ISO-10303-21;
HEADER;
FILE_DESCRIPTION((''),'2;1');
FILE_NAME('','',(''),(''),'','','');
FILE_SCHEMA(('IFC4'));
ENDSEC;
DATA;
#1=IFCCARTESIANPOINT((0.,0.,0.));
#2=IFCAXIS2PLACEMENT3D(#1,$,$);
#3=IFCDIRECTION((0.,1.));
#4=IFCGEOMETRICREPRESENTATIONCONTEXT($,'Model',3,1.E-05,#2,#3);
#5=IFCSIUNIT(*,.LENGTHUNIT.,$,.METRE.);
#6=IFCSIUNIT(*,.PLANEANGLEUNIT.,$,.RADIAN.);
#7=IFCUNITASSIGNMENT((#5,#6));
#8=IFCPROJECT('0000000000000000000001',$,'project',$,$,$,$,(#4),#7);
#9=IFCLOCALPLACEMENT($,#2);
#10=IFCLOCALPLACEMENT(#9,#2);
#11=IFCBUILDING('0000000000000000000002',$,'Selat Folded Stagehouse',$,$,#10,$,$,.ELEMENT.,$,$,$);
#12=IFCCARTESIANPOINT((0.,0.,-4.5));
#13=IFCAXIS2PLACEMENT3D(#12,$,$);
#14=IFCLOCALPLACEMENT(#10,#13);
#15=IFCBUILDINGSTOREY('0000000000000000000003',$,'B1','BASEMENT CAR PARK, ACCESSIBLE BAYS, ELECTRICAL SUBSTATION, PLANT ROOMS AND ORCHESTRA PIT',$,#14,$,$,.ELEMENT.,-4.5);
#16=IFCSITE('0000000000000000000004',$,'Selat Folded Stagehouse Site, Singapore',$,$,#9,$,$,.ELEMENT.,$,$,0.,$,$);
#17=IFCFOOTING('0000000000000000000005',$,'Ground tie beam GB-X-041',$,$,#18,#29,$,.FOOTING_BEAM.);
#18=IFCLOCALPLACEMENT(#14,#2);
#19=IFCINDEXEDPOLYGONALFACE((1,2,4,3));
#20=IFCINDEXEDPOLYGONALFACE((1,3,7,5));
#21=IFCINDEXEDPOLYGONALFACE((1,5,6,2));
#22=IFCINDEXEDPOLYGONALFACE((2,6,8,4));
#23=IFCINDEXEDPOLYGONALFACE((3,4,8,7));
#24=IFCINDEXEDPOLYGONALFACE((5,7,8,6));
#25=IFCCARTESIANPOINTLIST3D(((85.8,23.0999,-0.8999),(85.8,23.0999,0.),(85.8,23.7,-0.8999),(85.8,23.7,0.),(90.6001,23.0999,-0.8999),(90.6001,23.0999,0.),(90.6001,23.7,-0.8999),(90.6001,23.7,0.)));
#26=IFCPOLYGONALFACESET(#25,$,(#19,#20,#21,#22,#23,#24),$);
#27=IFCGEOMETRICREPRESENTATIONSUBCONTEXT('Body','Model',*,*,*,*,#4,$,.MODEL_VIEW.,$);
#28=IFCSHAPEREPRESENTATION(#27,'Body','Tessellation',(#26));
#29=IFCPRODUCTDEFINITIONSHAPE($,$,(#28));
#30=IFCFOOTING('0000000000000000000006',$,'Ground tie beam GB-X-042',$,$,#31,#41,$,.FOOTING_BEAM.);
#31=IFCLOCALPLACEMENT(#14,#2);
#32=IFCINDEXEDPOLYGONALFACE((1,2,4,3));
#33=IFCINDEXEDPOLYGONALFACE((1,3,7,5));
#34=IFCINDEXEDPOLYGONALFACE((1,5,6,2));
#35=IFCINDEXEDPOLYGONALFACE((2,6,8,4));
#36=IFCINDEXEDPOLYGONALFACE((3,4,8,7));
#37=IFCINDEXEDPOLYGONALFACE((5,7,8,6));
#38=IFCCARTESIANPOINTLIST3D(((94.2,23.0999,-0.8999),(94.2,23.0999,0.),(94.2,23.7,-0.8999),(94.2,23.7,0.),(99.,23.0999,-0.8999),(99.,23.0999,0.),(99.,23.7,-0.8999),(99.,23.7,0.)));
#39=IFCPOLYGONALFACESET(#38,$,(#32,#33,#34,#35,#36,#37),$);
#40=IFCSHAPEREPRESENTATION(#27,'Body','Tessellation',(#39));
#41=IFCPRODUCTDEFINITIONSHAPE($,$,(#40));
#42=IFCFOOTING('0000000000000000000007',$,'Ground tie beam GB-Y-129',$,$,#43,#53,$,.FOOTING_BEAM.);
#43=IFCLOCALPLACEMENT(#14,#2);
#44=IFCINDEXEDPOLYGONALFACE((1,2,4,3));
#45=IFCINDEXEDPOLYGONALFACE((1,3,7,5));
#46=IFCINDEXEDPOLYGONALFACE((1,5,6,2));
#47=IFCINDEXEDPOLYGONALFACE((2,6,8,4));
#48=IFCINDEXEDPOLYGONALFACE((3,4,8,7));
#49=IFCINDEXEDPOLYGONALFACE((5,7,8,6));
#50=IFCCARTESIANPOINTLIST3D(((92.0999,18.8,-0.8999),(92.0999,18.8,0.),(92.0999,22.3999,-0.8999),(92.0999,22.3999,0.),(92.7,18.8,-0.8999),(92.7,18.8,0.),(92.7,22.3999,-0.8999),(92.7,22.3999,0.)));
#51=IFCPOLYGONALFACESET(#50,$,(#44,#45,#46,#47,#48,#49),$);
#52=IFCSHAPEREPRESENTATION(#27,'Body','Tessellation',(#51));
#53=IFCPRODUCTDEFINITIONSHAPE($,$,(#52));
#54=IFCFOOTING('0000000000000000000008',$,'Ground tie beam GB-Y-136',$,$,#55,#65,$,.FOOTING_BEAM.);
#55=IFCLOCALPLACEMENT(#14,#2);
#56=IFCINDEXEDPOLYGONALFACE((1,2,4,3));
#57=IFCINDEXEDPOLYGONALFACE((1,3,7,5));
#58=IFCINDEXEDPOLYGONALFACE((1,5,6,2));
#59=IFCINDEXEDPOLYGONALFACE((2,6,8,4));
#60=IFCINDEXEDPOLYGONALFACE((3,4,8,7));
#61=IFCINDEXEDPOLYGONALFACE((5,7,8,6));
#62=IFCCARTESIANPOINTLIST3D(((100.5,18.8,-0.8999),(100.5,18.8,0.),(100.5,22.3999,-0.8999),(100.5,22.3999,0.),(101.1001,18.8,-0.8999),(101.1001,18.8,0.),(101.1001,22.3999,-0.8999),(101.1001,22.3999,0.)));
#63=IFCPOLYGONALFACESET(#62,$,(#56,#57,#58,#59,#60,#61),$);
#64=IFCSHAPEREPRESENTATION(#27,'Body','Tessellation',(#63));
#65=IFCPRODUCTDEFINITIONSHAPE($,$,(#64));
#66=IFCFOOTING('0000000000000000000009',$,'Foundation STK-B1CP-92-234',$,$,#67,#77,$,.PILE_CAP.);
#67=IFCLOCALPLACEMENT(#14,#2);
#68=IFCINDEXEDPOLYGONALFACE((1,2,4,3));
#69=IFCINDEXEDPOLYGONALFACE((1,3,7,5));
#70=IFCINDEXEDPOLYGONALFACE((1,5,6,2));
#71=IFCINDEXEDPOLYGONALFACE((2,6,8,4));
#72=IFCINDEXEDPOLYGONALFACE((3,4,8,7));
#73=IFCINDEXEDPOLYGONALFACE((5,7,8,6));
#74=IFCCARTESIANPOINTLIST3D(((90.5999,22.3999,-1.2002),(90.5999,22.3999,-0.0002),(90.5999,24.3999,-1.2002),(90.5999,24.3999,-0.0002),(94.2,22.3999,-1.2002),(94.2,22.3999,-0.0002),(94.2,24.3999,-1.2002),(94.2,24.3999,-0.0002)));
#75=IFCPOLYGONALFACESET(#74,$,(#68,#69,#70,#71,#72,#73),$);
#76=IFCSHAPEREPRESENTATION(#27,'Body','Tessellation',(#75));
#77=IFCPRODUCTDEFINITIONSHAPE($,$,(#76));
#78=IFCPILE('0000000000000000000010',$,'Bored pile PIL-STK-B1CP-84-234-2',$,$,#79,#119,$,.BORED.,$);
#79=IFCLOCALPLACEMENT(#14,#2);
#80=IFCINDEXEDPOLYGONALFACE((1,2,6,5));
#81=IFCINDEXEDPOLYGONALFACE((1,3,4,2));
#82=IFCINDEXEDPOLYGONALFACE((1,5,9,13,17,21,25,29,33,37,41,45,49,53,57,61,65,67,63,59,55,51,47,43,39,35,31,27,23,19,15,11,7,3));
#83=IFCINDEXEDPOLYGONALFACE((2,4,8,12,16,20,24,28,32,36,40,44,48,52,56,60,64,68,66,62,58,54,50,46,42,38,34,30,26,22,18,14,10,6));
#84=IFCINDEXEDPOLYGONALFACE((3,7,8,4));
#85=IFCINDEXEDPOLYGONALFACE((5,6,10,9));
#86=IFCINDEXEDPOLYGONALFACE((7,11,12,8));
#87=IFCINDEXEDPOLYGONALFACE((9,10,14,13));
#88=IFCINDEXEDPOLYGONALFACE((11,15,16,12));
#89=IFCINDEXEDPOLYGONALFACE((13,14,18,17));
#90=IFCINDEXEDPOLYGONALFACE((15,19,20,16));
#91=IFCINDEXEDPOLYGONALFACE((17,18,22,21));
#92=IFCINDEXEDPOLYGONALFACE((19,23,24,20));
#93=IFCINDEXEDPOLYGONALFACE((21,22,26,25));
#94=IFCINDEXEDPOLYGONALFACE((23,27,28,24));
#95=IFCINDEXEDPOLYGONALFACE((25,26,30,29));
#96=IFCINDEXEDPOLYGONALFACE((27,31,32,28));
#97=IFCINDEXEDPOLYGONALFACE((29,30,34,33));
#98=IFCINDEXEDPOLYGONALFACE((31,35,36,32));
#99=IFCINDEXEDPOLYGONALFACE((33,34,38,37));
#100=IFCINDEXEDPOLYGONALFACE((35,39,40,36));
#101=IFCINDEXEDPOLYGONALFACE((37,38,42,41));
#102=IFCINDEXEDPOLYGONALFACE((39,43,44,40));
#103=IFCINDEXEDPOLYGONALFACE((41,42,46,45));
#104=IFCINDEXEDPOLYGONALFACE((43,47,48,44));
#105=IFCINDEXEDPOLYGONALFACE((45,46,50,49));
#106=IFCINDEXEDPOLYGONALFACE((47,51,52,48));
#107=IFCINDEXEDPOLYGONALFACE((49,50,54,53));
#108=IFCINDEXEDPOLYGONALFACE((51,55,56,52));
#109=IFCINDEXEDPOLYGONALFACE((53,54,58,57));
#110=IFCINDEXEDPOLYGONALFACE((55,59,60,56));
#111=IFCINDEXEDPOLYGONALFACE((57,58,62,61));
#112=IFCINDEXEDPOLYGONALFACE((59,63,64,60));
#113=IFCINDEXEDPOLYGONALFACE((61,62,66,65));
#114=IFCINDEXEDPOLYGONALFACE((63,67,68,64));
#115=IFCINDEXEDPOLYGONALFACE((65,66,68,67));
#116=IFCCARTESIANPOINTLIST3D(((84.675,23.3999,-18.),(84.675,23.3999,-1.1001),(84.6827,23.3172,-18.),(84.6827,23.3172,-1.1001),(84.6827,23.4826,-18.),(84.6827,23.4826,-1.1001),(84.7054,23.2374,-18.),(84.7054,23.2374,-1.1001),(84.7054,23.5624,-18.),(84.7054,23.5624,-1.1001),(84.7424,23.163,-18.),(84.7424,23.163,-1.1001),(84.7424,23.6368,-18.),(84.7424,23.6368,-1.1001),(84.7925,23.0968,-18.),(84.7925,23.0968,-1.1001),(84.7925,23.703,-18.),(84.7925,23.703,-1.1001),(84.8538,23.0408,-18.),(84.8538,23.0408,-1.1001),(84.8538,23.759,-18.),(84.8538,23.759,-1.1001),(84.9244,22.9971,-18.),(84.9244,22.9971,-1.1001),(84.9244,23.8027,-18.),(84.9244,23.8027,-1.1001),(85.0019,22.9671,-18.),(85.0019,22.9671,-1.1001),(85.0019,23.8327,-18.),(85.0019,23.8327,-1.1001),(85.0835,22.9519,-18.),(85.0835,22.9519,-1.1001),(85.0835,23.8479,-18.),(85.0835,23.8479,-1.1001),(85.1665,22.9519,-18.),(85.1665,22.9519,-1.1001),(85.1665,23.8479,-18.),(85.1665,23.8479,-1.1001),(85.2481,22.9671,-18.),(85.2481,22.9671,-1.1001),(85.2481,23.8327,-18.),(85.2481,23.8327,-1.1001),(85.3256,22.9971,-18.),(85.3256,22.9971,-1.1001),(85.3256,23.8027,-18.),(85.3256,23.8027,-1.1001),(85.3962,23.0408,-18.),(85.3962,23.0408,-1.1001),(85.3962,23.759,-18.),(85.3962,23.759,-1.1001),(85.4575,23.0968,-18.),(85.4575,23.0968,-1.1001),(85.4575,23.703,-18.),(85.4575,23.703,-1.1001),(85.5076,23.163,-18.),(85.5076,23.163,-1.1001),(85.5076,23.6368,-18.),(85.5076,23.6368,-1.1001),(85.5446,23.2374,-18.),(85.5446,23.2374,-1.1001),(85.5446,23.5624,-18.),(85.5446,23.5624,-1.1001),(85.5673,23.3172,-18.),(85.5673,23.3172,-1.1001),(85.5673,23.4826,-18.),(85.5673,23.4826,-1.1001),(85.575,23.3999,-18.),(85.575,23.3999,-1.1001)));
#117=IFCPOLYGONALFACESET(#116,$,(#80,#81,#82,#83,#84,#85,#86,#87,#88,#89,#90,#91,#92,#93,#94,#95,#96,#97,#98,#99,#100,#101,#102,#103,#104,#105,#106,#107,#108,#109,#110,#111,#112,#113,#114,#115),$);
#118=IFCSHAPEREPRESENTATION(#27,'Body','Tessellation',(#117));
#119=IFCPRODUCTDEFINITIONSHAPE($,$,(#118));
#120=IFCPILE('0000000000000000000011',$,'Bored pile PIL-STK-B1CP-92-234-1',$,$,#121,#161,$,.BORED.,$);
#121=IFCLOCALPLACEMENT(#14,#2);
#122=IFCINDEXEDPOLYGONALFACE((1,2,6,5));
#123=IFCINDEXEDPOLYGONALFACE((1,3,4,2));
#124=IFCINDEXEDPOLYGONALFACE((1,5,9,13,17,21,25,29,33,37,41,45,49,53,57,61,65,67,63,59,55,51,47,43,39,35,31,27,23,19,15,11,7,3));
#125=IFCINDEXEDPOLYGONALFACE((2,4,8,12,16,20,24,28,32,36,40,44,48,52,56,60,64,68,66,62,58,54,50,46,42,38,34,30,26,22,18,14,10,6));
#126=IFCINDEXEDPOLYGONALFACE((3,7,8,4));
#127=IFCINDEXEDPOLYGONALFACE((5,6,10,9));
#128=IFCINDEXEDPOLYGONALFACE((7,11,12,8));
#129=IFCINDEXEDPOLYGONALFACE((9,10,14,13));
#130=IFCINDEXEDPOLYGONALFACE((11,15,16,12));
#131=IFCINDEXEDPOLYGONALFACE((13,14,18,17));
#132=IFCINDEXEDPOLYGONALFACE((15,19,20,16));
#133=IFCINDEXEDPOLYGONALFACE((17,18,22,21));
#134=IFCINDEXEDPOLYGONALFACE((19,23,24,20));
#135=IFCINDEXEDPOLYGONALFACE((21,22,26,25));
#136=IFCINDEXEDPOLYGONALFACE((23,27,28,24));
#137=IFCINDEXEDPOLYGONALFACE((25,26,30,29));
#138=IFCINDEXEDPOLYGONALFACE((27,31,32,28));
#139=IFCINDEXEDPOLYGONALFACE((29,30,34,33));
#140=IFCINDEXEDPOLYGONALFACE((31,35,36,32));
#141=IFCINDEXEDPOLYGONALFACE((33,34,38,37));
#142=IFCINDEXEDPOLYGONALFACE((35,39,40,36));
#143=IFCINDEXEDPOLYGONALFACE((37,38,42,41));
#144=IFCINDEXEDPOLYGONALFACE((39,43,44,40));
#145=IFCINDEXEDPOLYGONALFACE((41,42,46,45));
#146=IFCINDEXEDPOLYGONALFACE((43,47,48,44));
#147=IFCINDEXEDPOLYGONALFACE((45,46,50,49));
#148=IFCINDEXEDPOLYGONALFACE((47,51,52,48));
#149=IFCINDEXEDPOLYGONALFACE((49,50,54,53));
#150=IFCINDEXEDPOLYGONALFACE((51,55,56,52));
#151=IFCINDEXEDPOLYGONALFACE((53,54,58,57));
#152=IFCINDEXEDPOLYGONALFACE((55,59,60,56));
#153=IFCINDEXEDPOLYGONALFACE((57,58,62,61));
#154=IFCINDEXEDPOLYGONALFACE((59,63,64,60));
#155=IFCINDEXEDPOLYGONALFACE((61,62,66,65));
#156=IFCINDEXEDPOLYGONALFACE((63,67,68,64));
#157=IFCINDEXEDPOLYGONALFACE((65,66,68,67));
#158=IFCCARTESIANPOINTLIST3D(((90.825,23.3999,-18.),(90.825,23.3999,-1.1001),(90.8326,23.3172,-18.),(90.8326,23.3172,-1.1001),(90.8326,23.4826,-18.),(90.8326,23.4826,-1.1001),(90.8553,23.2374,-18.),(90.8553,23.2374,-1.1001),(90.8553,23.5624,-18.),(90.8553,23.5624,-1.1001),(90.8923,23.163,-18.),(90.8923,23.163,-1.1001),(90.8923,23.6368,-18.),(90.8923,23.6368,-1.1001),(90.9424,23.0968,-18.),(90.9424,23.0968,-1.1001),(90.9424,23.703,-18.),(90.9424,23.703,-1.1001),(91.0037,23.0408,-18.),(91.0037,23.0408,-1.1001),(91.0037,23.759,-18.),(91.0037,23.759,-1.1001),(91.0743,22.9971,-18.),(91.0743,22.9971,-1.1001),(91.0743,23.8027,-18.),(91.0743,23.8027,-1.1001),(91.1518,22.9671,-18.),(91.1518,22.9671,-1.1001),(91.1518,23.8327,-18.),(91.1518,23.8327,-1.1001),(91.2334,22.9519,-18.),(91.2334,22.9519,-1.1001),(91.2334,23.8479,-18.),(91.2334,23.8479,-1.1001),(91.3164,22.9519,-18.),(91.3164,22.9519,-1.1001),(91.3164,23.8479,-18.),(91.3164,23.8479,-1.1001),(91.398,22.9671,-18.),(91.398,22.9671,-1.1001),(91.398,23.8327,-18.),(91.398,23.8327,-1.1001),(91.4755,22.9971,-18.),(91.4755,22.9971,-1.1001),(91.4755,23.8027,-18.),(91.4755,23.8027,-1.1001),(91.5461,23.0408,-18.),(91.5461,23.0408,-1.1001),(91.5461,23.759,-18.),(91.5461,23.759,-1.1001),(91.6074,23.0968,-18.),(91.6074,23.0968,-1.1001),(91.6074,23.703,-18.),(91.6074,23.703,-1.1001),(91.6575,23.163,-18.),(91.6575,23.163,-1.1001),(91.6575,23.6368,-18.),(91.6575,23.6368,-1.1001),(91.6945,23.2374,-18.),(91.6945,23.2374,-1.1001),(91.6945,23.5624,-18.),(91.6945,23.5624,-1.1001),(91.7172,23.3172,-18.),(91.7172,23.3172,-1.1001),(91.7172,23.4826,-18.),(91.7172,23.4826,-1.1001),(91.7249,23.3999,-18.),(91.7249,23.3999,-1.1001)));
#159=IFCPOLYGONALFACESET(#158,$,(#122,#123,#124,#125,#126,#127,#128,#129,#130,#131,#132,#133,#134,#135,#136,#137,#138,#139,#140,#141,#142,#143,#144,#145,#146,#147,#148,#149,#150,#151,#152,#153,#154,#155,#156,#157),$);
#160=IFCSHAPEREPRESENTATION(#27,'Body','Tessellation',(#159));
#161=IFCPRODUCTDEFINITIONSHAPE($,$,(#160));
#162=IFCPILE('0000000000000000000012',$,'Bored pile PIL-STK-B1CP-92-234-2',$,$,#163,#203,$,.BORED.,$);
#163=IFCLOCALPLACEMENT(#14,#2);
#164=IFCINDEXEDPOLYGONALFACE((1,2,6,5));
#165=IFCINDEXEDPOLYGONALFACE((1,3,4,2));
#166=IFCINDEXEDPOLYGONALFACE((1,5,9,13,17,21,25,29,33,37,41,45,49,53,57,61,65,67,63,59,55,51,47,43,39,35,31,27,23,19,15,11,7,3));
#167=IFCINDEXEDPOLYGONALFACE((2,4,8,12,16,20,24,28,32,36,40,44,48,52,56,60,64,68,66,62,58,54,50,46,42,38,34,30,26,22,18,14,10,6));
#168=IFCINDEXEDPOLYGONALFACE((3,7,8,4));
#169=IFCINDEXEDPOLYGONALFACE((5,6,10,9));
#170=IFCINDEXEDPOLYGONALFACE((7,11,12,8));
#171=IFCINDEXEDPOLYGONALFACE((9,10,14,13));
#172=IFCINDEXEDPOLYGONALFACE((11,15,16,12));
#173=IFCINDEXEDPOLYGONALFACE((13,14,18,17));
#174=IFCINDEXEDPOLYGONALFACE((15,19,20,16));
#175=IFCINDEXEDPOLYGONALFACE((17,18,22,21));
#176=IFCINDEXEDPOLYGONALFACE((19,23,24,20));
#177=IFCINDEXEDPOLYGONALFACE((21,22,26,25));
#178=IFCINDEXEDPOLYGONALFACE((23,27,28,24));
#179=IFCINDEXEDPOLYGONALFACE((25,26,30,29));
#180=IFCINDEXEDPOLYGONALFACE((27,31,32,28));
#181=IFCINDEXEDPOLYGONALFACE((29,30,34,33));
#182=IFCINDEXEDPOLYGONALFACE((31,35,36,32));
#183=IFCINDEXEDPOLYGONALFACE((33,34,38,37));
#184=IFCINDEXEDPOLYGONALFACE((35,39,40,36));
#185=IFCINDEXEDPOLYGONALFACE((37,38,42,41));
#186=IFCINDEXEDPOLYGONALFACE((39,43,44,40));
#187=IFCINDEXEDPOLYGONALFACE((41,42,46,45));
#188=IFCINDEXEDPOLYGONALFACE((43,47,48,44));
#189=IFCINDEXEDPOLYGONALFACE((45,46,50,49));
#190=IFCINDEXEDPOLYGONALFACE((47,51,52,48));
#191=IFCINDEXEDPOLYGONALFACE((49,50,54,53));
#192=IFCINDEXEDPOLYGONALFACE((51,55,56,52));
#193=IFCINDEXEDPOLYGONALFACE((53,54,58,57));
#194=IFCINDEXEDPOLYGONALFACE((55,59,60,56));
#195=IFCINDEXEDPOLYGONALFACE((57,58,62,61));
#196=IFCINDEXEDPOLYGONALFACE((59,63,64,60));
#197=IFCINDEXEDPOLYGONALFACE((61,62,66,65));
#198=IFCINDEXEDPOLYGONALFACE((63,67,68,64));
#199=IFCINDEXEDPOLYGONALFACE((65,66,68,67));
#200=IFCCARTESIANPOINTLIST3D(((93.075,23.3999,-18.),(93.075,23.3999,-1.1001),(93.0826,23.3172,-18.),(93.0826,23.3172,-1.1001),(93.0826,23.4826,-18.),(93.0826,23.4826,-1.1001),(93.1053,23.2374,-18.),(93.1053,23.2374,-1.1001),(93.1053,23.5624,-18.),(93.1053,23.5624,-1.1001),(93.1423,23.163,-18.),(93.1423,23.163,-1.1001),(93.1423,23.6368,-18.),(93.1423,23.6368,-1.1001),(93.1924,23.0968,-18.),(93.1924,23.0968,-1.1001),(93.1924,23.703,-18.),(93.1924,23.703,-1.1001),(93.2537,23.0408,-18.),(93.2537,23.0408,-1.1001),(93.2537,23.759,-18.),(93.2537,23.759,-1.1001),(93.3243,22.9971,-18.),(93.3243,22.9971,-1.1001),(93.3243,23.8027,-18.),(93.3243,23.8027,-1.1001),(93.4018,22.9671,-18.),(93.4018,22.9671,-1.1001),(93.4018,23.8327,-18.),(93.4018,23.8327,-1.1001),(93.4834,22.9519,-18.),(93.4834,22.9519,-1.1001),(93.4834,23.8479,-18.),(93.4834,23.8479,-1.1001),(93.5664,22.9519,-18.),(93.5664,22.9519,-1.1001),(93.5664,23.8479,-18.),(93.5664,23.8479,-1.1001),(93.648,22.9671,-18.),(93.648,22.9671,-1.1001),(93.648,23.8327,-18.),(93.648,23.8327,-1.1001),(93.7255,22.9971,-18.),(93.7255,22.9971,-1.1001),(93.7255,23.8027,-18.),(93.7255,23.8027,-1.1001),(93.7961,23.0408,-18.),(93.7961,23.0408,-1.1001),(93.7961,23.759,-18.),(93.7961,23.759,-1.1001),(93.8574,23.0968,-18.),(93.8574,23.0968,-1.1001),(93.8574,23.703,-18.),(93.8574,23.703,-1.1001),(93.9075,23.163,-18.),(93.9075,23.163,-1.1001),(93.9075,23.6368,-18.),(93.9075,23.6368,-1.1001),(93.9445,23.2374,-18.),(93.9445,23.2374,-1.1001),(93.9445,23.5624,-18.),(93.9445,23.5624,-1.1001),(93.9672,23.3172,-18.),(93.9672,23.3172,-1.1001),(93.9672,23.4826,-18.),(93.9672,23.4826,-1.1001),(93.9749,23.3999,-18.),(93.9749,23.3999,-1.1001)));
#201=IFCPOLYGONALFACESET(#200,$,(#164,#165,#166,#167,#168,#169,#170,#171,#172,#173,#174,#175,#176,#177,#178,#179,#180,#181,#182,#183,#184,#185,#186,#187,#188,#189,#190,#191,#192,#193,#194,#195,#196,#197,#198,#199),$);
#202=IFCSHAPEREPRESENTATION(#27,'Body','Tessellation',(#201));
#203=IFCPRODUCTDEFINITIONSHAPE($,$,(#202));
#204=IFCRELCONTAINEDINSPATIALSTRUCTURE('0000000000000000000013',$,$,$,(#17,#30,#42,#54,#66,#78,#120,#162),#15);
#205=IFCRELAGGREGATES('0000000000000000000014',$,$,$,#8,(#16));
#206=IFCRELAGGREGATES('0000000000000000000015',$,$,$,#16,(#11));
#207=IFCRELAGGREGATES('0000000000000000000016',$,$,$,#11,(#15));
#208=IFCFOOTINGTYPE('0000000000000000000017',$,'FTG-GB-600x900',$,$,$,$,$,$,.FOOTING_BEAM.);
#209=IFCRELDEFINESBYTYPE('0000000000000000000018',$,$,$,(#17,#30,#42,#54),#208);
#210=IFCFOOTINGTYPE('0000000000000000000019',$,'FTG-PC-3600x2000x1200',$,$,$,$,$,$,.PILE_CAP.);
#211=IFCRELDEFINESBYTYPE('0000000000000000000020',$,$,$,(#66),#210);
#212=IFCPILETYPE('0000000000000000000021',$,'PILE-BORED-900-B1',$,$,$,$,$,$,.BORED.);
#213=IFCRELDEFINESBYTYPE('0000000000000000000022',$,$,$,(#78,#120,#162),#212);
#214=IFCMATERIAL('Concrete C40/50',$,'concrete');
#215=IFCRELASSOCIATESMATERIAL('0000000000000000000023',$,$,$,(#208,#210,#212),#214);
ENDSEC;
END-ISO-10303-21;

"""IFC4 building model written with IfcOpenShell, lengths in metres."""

from ifc_helpers import new_model, si_unit, direction, frame, origin, origin_2d, place, context, subcontext, project, spatial, rectangle, circle, extrude, material, material_profile, profile_set, type_object, element, save


model = new_model("IFC4")

# Units and contexts
model_context = context("Model", 3, precision=1e-05, world=origin(), true_north=direction((0.0, 1.0)))
body_context = subcontext(model_context, "Body", "Model", "MODEL_VIEW")
ifc_project = project(units=[si_unit("LENGTHUNIT", "METRE"), si_unit("PLANEANGLEUNIT", "RADIAN")], contexts=[model_context])

# Site, building, storey
site_placement = place(None, origin())
site = spatial("IfcSite", under=ifc_project, at=site_placement, Name="Selat Folded Stagehouse Site, Singapore", CompositionType="ELEMENT", RefElevation=0.0)
building_placement = place(site_placement, origin())
building = spatial("IfcBuilding", under=site, at=building_placement, Name="Selat Folded Stagehouse", CompositionType="ELEMENT")
storey_placement = place(building_placement, frame((0.0, 0.0, -4.5)))
storey = spatial("IfcBuildingStorey", under=building, at=storey_placement, Name="B1", Description="BASEMENT CAR PARK, ACCESSIBLE BAYS, ELECTRICAL SUBSTATION, PLANT ROOMS AND ORCHESTRA PIT", CompositionType="ELEMENT", Elevation=-4.5)

# Footings
ifc_material_1 = material(Name="Concrete C40/50", Category="concrete")
ifc_material_profile_1 = material_profile(ifc_material_1, rectangle(XDim=0.6001, YDim=0.8999, at=origin_2d()), Name="RC 900x600")
ifc_profile_set_1 = profile_set([ifc_material_profile_1], Name="Concrete C40/50")
footing_type_1 = type_object("IfcFootingType", Name="FTG-GB-600x900", PredefinedType="FOOTING_BEAM", material=ifc_profile_set_1)
for number, where, z_axis, x_axis, name in (
    (1, (85.8, 23.3999, -0.45), (1.0, 0.0, 0.0), (0.0, 1.0, 0.0), "Ground tie beam GB-X-041"),
    (2, (94.2, 23.3999, -0.45), (1.0, 0.0, 0.0), (0.0, 1.0, 0.0), "Ground tie beam GB-X-042"),
):
    element("IfcFooting", number, at=place(storey_placement, frame(where, z_axis=z_axis, x_axis=x_axis)), inside=storey, type_object=footing_type_1, Name=name, PredefinedType="FOOTING_BEAM", context=body_context, shape_type="SweptSolid", body=[
        extrude(rectangle(XDim=0.6001, YDim=0.8999, at=origin_2d()), origin(), (0.0, 0.0, 1.0), 4.8),
    ])
for number, where, z_axis, x_axis, name in (
    (3, (92.3999, 18.8, -0.45), (0.0, 1.0, 0.0), (-1.0, 0.0, 0.0), "Ground tie beam GB-Y-129"),
    (4, (100.8, 18.8, -0.45), (0.0, 1.0, 0.0), (-1.0, 0.0, 0.0), "Ground tie beam GB-Y-136"),
):
    element("IfcFooting", number, at=place(storey_placement, frame(where, z_axis=z_axis, x_axis=x_axis)), inside=storey, type_object=footing_type_1, Name=name, PredefinedType="FOOTING_BEAM", context=body_context, shape_type="SweptSolid", body=[
        extrude(rectangle(XDim=0.6001, YDim=0.8999, at=origin_2d()), origin(), (0.0, 0.0, 1.0), 3.5999),
    ])
footing_type_2 = type_object("IfcFootingType", Name="FTG-PC-3600x2000x1200", PredefinedType="PILE_CAP", material=ifc_material_1)
footing_placement = place(storey_placement, frame((92.3999, 23.3999, -1.2002), z_axis=(0.0, 0.0, 1.0), x_axis=(1.0, 0.0, 0.0)))
element("IfcFooting", 5, at=footing_placement, inside=storey, type_object=footing_type_2, Name="Foundation STK-B1CP-92-234", PredefinedType="PILE_CAP", context=body_context, shape_type="SweptSolid", body=[
    extrude(rectangle(XDim=3.6001, YDim=2.0, at=origin_2d()), origin(), (0.0, 0.0, 1.0), 1.2),
])

# Piles
ifc_material_profile_2 = material_profile(ifc_material_1, circle(Radius=0.45, at=origin_2d()), Name="PILE D900")
ifc_profile_set_2 = profile_set([ifc_material_profile_2], Name="Concrete C40/50")
pile_type = type_object("IfcPileType", Name="PILE-BORED-900-B1", PredefinedType="BORED", material=ifc_profile_set_2)
for number, where, z_axis, x_axis, name in (
    (6, (85.125, 23.3999, -1.1001), (0.0, 0.0, -1.0), (1.0, 0.0, 0.0), "Bored pile PIL-STK-B1CP-84-234-2"),
    (7, (91.2749, 23.3999, -1.1001), (0.0, 0.0, -1.0), (1.0, 0.0, 0.0), "Bored pile PIL-STK-B1CP-92-234-1"),
    (8, (93.5249, 23.3999, -1.1001), (0.0, 0.0, -1.0), (1.0, 0.0, 0.0), "Bored pile PIL-STK-B1CP-92-234-2"),
):
    element("IfcPile", number, at=place(storey_placement, frame(where, z_axis=z_axis, x_axis=x_axis)), inside=storey, type_object=pile_type, Name=name, PredefinedType="BORED", context=body_context, shape_type="SweptSolid", body=[
        extrude(circle(Radius=0.45, at=origin_2d()), origin(), (0.0, 0.0, 1.0), 16.8999),
    ])

save(model, "model.ifc")
